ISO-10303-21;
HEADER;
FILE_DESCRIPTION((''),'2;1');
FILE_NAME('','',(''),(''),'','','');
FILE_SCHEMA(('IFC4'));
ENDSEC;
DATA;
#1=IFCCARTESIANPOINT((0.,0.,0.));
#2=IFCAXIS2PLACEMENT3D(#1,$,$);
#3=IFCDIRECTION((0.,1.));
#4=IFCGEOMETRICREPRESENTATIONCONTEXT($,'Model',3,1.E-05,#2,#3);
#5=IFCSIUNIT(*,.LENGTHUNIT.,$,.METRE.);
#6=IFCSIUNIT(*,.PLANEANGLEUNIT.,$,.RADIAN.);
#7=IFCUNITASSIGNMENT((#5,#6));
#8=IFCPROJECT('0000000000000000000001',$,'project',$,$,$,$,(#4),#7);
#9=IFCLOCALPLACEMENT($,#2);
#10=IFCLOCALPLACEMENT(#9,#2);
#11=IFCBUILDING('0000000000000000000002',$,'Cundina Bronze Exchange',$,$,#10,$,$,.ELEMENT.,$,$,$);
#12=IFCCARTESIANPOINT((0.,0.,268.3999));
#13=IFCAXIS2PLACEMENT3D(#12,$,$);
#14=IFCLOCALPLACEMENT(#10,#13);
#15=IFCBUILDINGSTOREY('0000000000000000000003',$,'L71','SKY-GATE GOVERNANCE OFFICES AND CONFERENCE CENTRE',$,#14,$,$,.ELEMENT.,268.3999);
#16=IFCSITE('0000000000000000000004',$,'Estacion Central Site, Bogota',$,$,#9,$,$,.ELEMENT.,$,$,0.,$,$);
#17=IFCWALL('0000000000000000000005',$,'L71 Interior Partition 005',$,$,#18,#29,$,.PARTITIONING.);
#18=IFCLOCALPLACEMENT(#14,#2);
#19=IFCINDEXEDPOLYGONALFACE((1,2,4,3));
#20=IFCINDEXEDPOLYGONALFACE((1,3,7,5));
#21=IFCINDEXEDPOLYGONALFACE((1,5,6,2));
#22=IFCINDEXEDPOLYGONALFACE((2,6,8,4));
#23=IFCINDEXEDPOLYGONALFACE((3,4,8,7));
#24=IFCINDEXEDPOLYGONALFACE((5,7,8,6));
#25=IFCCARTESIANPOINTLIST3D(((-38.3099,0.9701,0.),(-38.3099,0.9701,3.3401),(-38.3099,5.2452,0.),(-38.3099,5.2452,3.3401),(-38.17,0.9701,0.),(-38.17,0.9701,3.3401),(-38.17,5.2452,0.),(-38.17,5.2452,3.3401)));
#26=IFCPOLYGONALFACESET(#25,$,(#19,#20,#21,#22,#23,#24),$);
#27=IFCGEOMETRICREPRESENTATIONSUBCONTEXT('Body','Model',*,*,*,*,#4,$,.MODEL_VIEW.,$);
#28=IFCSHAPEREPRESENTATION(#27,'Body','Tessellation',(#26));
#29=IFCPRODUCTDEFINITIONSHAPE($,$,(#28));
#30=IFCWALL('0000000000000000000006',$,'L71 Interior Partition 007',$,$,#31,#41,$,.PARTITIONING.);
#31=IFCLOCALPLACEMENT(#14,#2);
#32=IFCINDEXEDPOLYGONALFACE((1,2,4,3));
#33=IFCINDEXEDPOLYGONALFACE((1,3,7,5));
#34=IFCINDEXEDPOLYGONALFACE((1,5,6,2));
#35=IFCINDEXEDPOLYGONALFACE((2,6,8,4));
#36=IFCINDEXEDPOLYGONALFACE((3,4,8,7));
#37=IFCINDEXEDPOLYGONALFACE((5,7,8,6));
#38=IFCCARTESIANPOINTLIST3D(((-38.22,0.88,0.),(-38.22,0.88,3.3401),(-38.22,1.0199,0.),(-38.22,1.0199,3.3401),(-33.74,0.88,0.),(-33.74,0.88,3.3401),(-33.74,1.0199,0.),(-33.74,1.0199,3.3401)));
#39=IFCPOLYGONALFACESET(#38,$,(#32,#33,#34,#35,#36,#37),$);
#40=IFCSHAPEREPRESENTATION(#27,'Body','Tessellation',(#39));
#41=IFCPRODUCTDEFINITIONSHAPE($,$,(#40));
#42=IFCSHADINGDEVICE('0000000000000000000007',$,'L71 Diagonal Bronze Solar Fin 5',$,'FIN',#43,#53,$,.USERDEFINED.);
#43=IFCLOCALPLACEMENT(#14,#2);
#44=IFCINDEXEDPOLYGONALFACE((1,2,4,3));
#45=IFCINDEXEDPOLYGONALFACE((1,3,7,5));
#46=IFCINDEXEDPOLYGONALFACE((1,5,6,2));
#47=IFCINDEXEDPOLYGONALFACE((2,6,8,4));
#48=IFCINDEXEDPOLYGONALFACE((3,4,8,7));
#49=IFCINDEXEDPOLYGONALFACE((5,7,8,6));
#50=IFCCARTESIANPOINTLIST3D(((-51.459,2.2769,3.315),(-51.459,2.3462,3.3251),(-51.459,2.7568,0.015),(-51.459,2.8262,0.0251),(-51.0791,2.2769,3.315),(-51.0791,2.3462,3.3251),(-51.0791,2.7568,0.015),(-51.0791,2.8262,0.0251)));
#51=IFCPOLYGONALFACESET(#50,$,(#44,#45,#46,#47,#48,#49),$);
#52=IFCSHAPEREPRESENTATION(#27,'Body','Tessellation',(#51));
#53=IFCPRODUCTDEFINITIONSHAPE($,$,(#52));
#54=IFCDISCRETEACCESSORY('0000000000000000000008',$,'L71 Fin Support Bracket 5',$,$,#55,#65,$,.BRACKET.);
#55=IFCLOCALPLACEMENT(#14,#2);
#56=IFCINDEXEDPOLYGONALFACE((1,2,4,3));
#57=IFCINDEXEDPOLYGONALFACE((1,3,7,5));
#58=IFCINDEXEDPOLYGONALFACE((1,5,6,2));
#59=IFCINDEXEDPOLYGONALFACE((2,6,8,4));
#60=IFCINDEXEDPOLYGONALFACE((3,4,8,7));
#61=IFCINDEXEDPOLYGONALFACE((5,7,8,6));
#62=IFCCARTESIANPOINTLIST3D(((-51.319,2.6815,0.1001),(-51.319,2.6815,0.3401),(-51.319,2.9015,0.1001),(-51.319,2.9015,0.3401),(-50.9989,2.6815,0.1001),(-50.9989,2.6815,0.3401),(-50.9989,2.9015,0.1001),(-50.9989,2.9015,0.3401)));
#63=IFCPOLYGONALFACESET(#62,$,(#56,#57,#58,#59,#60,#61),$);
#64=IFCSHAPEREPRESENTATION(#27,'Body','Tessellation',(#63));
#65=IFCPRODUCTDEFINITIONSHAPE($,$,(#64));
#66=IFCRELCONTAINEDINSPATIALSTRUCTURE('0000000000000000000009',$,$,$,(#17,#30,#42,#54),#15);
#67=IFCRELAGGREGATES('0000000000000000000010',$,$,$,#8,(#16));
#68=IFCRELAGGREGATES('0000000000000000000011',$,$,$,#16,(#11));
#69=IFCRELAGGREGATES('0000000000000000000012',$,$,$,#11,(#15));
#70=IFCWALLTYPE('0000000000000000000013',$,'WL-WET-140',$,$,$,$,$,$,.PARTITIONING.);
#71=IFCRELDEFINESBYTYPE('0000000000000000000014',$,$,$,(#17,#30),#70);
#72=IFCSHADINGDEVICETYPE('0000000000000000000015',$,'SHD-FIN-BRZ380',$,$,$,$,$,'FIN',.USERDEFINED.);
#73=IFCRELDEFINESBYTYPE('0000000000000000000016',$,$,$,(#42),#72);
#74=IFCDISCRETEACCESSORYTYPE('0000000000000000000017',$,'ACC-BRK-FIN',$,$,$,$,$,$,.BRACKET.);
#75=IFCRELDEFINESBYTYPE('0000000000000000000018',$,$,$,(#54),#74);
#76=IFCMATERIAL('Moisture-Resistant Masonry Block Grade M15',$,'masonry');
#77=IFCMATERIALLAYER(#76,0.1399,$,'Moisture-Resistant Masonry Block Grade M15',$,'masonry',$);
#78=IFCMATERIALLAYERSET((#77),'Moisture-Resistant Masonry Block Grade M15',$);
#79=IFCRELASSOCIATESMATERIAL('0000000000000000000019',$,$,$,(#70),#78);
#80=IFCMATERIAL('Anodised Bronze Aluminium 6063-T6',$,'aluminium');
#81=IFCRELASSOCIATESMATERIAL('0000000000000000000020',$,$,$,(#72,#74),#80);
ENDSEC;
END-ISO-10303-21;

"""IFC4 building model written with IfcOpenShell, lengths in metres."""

from ifc_helpers import new_model, si_unit, direction, frame, frame_2d, origin, origin_2d, place, context, subcontext, project, spatial, rectangle, extrude, material, layer, layer_set, material_profile, profile_set, type_object, element, save


model = new_model("IFC4")

# Units and contexts
model_context = context("Model", 3, precision=1e-05, world=origin(), true_north=direction((0.0, 1.0)))
body_context = subcontext(model_context, "Body", "Model", "MODEL_VIEW")
ifc_project = project(units=[si_unit("LENGTHUNIT", "METRE"), si_unit("PLANEANGLEUNIT", "RADIAN")], contexts=[model_context])

# Site, building, storey
site_placement = place(None, origin())
site = spatial("IfcSite", under=ifc_project, at=site_placement, Name="Estacion Central Site, Bogota", CompositionType="ELEMENT", RefElevation=0.0)
building_placement = place(site_placement, origin())
building = spatial("IfcBuilding", under=site, at=building_placement, Name="Cundina Bronze Exchange", CompositionType="ELEMENT")
storey_placement = place(building_placement, frame((0.0, 0.0, 268.3999)))
storey = spatial("IfcBuildingStorey", under=building, at=storey_placement, Name="L71", Description="SKY-GATE GOVERNANCE OFFICES AND CONFERENCE CENTRE", CompositionType="ELEMENT", Elevation=268.3999)

# Shared definitions
ifc_material_1 = material(Name="Anodised Bronze Aluminium 6063-T6", Category="aluminium")

# Walls
ifc_material_2 = material(Name="Moisture-Resistant Masonry Block Grade M15", Category="masonry")
ifc_layer_1 = layer(ifc_material_2, 0.1399, Name="Moisture-Resistant Masonry Block Grade M15", Category="masonry")
ifc_layer_set_1 = layer_set([ifc_layer_1], Name="Moisture-Resistant Masonry Block Grade M15")
wall_type_1 = type_object("IfcWallType", Name="WL-WET-140", PredefinedType="PARTITIONING", material=ifc_layer_set_1)
wall_1_placement = place(storey_placement, frame((-38.24, 0.97, 0.0), z_axis=(0.0, 0.0, 1.0), x_axis=(0.0, 1.0, 0.0)))
element("IfcWall", 1, at=wall_1_placement, inside=storey, type_object=wall_type_1, Name="L71 Interior Partition 005", PredefinedType="PARTITIONING", context=body_context, shape_type="SweptSolid", body=[
    extrude(rectangle(XDim=4.2751, YDim=0.1399, at=frame_2d((2.1377, 0.0))), origin(), (0.0, 0.0, 1.0), 3.3401),
])
wall_2_placement = place(storey_placement, frame((-38.22, 0.95, 0.0), z_axis=(0.0, 0.0, 1.0), x_axis=(1.0, 0.0, 0.0)))
element("IfcWall", 2, at=wall_2_placement, inside=storey, type_object=wall_type_1, Name="L71 Interior Partition 007", PredefinedType="PARTITIONING", context=body_context, shape_type="SweptSolid", body=[
    extrude(rectangle(XDim=4.48, YDim=0.1399, at=frame_2d((2.24, 0.0))), origin(), (0.0, 0.0, 1.0), 3.3401),
])

# Shading device
ifc_material_profile_1 = material_profile(ifc_material_1, rectangle(XDim=0.0701, YDim=0.3799, at=origin_2d()), Name="FIN70X380", Category="aluminium")
ifc_profile_set_1 = profile_set([ifc_material_profile_1], Name="Anodised Bronze Aluminium 6063-T6")
shading_device_type = type_object("IfcShadingDeviceType", Name="SHD-FIN-BRZ380", ElementType="FIN", PredefinedType="USERDEFINED", material=ifc_profile_set_1)
shading_device_placement = place(storey_placement, frame((-51.269, 2.7915, 0.02), z_axis=(0.0, -0.143932, 0.989588), x_axis=(0.0, 0.989588, 0.143932)))
element("IfcShadingDevice", 3, at=shading_device_placement, inside=storey, type_object=shading_device_type, Name="L71 Diagonal Bronze Solar Fin 5", ObjectType="FIN", PredefinedType="USERDEFINED", context=body_context, shape_type="SweptSolid", body=[
    extrude(rectangle(XDim=0.0701, YDim=0.3799, at=origin_2d()), origin(), (0.0, 0.0, 1.0), 3.3347),
])

# Discrete accessory
discrete_accessory_type = type_object("IfcDiscreteAccessoryType", Name="ACC-BRK-FIN", PredefinedType="BRACKET", material=ifc_material_1)
discrete_accessory_placement = place(storey_placement, frame((-51.1589, 2.7915, 0.1001), z_axis=(0.0, 0.0, 1.0), x_axis=(0.0, -1.0, 0.0)))
element("IfcDiscreteAccessory", 4, at=discrete_accessory_placement, inside=storey, type_object=discrete_accessory_type, Name="L71 Fin Support Bracket 5", PredefinedType="BRACKET", context=body_context, shape_type="SweptSolid", body=[
    extrude(rectangle(XDim=0.22, YDim=0.3201, at=origin_2d()), origin(), (0.0, 0.0, 1.0), 0.24),
])

save(model, "model.ifc")
